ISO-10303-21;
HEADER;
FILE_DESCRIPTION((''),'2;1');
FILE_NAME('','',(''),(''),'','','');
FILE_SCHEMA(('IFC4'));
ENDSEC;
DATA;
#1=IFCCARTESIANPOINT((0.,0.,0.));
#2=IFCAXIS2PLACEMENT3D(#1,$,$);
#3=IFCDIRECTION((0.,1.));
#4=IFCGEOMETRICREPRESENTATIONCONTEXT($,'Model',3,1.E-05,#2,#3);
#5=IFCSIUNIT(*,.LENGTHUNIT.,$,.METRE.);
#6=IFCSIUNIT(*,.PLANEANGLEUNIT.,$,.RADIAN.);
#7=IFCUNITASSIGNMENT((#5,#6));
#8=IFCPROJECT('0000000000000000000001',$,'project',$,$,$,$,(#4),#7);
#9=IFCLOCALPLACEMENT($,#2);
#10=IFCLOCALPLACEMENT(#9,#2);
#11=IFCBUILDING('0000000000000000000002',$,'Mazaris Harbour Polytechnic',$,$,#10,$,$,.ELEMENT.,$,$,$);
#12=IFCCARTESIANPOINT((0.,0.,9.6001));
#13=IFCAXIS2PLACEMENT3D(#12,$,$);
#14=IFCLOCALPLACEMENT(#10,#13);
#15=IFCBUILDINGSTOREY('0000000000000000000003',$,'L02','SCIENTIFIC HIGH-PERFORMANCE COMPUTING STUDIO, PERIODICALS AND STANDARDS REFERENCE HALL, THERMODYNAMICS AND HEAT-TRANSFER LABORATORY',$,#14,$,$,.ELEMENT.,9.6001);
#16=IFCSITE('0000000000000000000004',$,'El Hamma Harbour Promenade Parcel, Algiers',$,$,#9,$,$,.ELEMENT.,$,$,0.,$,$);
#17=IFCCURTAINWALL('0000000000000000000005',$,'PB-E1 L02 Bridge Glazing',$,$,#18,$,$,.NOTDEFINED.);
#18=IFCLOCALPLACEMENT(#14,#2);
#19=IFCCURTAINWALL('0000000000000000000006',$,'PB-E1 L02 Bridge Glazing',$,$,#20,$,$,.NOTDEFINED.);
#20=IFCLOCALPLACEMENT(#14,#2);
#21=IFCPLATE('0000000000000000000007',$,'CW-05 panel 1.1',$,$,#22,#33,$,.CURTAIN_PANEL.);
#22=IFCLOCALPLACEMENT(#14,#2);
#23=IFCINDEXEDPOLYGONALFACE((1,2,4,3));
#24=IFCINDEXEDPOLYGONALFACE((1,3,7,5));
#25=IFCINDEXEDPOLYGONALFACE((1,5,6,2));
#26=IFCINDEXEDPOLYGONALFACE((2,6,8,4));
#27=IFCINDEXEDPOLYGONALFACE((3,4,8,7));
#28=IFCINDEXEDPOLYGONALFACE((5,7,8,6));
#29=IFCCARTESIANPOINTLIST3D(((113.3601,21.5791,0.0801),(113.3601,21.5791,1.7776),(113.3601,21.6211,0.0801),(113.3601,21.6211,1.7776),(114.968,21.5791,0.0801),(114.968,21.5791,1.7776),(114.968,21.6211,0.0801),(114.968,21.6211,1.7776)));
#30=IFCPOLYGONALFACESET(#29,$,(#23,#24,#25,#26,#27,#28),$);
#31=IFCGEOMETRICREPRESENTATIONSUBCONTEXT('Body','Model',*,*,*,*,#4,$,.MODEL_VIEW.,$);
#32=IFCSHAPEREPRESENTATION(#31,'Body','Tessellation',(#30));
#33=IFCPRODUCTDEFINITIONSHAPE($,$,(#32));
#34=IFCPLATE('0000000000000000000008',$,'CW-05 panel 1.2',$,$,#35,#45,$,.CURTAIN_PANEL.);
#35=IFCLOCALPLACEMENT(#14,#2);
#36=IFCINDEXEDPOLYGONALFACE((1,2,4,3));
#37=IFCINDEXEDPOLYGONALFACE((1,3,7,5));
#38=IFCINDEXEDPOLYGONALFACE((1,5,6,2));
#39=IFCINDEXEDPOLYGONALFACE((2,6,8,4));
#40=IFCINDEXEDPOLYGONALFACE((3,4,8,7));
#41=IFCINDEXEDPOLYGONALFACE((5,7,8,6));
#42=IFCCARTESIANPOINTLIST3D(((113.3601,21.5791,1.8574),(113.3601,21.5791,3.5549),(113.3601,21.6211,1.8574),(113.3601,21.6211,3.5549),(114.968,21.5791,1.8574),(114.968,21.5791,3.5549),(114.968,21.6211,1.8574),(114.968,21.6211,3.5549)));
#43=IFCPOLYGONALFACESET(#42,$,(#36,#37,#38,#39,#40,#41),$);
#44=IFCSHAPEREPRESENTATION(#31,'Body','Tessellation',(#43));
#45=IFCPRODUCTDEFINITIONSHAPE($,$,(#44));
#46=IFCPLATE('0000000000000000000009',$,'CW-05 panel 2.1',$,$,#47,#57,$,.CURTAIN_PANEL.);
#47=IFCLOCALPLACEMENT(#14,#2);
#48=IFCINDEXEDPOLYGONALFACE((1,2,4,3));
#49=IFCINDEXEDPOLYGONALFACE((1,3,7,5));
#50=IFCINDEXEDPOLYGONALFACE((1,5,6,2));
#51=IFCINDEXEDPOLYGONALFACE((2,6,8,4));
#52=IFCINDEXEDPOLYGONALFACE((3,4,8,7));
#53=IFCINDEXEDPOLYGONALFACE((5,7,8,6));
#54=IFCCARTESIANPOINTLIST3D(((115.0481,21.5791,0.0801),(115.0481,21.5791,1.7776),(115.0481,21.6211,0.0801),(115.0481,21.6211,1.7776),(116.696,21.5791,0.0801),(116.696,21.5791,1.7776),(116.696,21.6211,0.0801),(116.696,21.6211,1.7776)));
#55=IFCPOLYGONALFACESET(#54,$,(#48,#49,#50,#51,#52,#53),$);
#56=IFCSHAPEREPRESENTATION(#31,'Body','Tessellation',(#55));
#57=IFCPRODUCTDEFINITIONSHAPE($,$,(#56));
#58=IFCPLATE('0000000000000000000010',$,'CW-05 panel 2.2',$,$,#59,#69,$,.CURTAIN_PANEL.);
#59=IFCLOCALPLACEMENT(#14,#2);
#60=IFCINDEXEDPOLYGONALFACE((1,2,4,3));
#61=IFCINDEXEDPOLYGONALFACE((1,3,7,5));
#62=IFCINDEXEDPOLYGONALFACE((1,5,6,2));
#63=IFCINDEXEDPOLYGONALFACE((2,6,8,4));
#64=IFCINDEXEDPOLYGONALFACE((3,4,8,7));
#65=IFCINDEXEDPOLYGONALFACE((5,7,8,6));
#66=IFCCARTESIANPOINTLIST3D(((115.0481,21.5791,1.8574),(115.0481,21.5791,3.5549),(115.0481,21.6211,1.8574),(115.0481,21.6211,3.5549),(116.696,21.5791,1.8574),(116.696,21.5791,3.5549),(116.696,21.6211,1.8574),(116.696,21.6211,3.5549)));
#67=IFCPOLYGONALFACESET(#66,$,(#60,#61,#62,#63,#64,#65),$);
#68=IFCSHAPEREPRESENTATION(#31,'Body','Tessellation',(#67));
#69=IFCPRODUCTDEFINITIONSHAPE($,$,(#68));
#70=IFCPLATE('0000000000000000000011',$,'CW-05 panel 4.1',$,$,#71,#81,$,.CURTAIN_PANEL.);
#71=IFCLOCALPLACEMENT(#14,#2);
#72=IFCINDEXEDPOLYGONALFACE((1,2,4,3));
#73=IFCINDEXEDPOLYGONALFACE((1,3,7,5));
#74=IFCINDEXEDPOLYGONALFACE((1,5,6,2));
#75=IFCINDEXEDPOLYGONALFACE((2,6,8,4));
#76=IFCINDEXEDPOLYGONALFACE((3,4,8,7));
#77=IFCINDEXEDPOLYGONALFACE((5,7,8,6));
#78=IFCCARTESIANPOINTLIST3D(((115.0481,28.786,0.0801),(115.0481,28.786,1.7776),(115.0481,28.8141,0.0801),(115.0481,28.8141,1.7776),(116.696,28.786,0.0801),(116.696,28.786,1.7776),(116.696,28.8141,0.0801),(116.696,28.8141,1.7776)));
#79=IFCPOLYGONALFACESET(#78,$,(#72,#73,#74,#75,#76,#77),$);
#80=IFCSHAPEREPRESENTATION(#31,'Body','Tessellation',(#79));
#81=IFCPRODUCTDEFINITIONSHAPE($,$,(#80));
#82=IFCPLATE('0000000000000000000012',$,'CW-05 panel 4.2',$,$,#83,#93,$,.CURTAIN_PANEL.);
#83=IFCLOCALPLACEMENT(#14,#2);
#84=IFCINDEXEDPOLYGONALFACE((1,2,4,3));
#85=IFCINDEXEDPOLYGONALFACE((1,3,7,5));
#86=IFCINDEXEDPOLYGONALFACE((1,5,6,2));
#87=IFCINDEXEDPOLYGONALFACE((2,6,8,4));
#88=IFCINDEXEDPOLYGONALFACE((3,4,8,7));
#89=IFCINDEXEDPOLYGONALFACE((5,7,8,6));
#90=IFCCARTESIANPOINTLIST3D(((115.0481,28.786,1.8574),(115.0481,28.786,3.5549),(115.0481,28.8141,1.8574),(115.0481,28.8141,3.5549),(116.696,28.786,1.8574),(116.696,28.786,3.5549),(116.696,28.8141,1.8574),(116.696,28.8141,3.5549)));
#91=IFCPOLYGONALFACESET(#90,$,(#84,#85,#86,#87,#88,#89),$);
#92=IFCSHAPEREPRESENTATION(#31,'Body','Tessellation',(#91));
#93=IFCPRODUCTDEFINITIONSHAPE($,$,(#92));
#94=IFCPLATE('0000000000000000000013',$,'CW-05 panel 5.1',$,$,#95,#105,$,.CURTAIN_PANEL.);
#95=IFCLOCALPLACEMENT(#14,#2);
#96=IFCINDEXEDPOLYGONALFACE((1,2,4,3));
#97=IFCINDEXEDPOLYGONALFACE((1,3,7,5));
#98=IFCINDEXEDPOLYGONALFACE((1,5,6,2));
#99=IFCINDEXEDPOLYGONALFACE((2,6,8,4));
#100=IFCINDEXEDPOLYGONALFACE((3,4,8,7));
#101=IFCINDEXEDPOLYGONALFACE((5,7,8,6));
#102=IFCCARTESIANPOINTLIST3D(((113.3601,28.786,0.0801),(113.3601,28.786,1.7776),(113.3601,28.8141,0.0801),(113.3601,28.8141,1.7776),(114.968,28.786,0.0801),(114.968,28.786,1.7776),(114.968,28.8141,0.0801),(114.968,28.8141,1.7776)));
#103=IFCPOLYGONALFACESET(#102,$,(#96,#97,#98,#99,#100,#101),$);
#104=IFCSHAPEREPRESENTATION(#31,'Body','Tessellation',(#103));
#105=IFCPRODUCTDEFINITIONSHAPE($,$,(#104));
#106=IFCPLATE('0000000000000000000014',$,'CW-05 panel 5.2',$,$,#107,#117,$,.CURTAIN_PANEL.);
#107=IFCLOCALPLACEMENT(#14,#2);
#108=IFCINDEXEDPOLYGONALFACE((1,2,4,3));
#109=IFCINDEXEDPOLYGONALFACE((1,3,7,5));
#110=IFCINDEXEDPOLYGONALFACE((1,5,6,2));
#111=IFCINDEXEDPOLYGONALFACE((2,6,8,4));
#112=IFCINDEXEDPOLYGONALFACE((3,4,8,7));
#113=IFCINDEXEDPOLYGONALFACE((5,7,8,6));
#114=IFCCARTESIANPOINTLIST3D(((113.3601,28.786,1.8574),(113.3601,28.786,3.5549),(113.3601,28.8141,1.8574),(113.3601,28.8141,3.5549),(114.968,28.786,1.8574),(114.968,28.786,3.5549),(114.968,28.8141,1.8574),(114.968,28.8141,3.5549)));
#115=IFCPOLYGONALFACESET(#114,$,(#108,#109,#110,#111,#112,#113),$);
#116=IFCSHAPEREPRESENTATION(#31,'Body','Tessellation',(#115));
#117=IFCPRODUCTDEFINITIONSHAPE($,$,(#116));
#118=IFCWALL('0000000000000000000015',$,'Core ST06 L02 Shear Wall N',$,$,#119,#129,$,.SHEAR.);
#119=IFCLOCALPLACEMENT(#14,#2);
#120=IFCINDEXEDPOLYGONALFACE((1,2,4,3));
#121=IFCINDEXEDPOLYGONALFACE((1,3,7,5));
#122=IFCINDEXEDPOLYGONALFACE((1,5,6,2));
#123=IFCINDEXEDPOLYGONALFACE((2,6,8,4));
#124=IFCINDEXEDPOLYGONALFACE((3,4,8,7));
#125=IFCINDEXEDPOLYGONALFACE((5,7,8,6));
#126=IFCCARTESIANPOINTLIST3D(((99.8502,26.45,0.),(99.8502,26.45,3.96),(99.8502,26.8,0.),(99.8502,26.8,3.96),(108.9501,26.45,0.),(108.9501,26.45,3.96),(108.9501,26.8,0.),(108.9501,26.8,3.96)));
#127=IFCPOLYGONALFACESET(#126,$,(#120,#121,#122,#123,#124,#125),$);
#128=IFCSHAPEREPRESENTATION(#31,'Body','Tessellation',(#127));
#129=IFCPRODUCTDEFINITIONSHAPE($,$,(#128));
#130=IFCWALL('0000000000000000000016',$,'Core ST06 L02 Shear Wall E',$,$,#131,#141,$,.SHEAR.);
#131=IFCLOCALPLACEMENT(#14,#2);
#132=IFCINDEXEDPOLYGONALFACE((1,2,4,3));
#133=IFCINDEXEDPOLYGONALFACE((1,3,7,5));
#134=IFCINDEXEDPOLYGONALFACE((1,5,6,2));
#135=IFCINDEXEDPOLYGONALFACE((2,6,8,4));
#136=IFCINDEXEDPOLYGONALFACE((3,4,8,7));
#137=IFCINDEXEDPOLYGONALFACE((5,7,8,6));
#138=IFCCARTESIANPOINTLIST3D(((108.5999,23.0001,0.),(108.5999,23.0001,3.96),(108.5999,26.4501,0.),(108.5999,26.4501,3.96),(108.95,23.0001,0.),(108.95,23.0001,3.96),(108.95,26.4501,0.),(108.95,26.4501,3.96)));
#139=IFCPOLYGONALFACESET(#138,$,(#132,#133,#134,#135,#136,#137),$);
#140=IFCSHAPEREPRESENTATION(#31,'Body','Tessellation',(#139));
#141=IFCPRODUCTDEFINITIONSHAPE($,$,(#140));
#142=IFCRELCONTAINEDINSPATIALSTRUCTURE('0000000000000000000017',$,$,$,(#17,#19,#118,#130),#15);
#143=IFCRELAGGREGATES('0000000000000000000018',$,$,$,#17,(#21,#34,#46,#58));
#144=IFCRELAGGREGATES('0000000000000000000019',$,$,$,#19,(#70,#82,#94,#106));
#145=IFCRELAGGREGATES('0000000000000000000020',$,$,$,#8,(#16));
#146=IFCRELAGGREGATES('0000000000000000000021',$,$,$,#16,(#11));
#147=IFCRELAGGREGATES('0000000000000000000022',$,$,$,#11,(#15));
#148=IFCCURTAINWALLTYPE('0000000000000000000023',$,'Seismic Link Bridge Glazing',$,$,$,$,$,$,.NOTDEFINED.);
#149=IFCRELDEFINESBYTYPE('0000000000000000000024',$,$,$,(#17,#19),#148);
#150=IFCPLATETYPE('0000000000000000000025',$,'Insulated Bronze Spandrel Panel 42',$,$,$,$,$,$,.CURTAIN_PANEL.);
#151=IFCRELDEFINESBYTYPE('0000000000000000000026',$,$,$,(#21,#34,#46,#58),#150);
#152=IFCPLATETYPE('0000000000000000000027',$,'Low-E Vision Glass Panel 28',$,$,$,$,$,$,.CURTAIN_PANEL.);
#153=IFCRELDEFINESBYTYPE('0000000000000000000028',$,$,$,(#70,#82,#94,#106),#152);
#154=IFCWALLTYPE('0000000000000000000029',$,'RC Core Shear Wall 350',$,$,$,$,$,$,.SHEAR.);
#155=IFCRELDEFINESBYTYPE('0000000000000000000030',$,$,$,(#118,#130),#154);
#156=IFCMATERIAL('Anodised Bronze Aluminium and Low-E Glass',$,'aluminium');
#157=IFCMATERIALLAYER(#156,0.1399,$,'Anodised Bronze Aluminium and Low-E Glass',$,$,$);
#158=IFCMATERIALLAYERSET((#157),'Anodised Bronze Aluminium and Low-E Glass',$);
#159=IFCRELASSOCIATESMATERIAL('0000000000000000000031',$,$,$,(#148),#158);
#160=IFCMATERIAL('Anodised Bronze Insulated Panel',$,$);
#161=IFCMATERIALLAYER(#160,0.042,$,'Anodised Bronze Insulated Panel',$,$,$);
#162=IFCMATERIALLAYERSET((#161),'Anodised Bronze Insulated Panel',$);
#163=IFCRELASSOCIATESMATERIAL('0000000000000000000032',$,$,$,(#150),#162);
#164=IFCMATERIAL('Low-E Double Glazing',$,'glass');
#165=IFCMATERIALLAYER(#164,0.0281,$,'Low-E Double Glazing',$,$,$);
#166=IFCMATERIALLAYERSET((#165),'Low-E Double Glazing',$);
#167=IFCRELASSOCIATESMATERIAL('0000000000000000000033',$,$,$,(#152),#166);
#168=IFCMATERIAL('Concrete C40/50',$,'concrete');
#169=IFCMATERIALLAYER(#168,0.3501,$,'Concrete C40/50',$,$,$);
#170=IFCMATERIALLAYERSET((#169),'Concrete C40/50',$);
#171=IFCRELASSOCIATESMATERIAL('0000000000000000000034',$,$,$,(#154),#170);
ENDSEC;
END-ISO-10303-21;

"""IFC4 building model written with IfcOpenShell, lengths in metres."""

from ifc_helpers import new_model, si_unit, direction, frame, frame_2d, origin, origin_2d, place, context, subcontext, project, spatial, rectangle, extrude, material, layer, layer_set, type_object, element, aggregate, save


model = new_model("IFC4")

# Units and contexts
model_context = context("Model", 3, precision=1e-05, world=origin(), true_north=direction((0.0, 1.0)))
body_context = subcontext(model_context, "Body", "Model", "MODEL_VIEW")
ifc_project = project(units=[si_unit("LENGTHUNIT", "METRE"), si_unit("PLANEANGLEUNIT", "RADIAN")], contexts=[model_context])

# Site, building, storey
site_placement = place(None, origin())
site = spatial("IfcSite", under=ifc_project, at=site_placement, Name="El Hamma Harbour Promenade Parcel, Algiers", CompositionType="ELEMENT", RefElevation=0.0)
building_placement = place(site_placement, origin())
building = spatial("IfcBuilding", under=site, at=building_placement, Name="Mazaris Harbour Polytechnic", CompositionType="ELEMENT")
storey_placement = place(building_placement, frame((0.0, 0.0, 9.6001)))
storey = spatial("IfcBuildingStorey", under=building, at=storey_placement, Name="L02", Description="SCIENTIFIC HIGH-PERFORMANCE COMPUTING STUDIO, PERIODICALS AND STANDARDS REFERENCE HALL, THERMODYNAMICS AND HEAT-TRANSFER LABORATORY", CompositionType="ELEMENT", Elevation=9.6001)

# Curtain walls
ifc_material_1 = material(Name="Anodised Bronze Aluminium and Low-E Glass", Category="aluminium")
ifc_layer_1 = layer(ifc_material_1, 0.1399, Name="Anodised Bronze Aluminium and Low-E Glass")
ifc_layer_set_1 = layer_set([ifc_layer_1], Name="Anodised Bronze Aluminium and Low-E Glass")
curtain_wall_type = type_object("IfcCurtainWallType", Name="Seismic Link Bridge Glazing", PredefinedType="NOTDEFINED", material=ifc_layer_set_1)
curtain_wall_1_placement = place(storey_placement, origin())
curtain_wall_1 = element("IfcCurtainWall", 1, at=curtain_wall_1_placement, inside=storey, type_object=curtain_wall_type, Name="PB-E1 L02 Bridge Glazing", PredefinedType="NOTDEFINED")
curtain_wall_2_placement = place(storey_placement, origin())
curtain_wall_2 = element("IfcCurtainWall", 2, at=curtain_wall_2_placement, inside=storey, type_object=curtain_wall_type, Name="PB-E1 L02 Bridge Glazing", PredefinedType="NOTDEFINED")

# Plates
ifc_material_2 = material(Name="Anodised Bronze Insulated Panel")
ifc_layer_2 = layer(ifc_material_2, 0.042, Name="Anodised Bronze Insulated Panel")
ifc_layer_set_2 = layer_set([ifc_layer_2], Name="Anodised Bronze Insulated Panel")
plate_type_1 = type_object("IfcPlateType", Name="Insulated Bronze Spandrel Panel 42", PredefinedType="CURTAIN_PANEL", material=ifc_layer_set_2)
plate_1_placement = place(storey_placement, frame((114.1641, 21.6001, 0.0801), z_axis=(0.0, 0.0, 1.0), x_axis=(1.0, 0.0, 0.0)))
plate_1 = element("IfcPlate", 3, at=plate_1_placement, type_object=plate_type_1, Name="CW-05 panel 1.1", PredefinedType="CURTAIN_PANEL", context=body_context, shape_type="SweptSolid", body=[
    extrude(rectangle(XDim=1.6079, YDim=0.042, at=origin_2d()), origin(), (0.0, 0.0, 1.0), 1.6975),
])
plate_2_placement = place(storey_placement, frame((114.1641, 21.6001, 1.8574), z_axis=(0.0, 0.0, 1.0), x_axis=(1.0, 0.0, 0.0)))
plate_2 = element("IfcPlate", 4, at=plate_2_placement, type_object=plate_type_1, Name="CW-05 panel 1.2", PredefinedType="CURTAIN_PANEL", context=body_context, shape_type="SweptSolid", body=[
    extrude(rectangle(XDim=1.6079, YDim=0.042, at=origin_2d()), origin(), (0.0, 0.0, 1.0), 1.6975),
])
plate_3_placement = place(storey_placement, frame((115.8721, 21.6001, 0.0801), z_axis=(0.0, 0.0, 1.0), x_axis=(1.0, 0.0, 0.0)))
plate_3 = element("IfcPlate", 5, at=plate_3_placement, type_object=plate_type_1, Name="CW-05 panel 2.1", PredefinedType="CURTAIN_PANEL", context=body_context, shape_type="SweptSolid", body=[
    extrude(rectangle(XDim=1.6479, YDim=0.042, at=origin_2d()), origin(), (0.0, 0.0, 1.0), 1.6975),
])
plate_4_placement = place(storey_placement, frame((115.8721, 21.6001, 1.8574), z_axis=(0.0, 0.0, 1.0), x_axis=(1.0, 0.0, 0.0)))
plate_4 = element("IfcPlate", 6, at=plate_4_placement, type_object=plate_type_1, Name="CW-05 panel 2.2", PredefinedType="CURTAIN_PANEL", context=body_context, shape_type="SweptSolid", body=[
    extrude(rectangle(XDim=1.6479, YDim=0.042, at=origin_2d()), origin(), (0.0, 0.0, 1.0), 1.6975),
])
aggregate(curtain_wall_1, [plate_1, plate_2, plate_3, plate_4])
ifc_material_3 = material(Name="Low-E Double Glazing", Category="glass")
ifc_layer_3 = layer(ifc_material_3, 0.0281, Name="Low-E Double Glazing")
ifc_layer_set_3 = layer_set([ifc_layer_3], Name="Low-E Double Glazing")
plate_type_2 = type_object("IfcPlateType", Name="Low-E Vision Glass Panel 28", PredefinedType="CURTAIN_PANEL", material=ifc_layer_set_3)
plate_5_placement = place(storey_placement, frame((115.8721, 28.8, 0.0801), z_axis=(0.0, 0.0, 1.0), x_axis=(-1.0, 0.0, 0.0)))
plate_5 = element("IfcPlate", 7, at=plate_5_placement, type_object=plate_type_2, Name="CW-05 panel 4.1", PredefinedType="CURTAIN_PANEL", context=body_context, shape_type="SweptSolid", body=[
    extrude(rectangle(XDim=1.6479, YDim=0.0281, at=origin_2d()), origin(), (0.0, 0.0, 1.0), 1.6975),
])
plate_6_placement = place(storey_placement, frame((115.8721, 28.8, 1.8574), z_axis=(0.0, 0.0, 1.0), x_axis=(-1.0, 0.0, 0.0)))
plate_6 = element("IfcPlate", 8, at=plate_6_placement, type_object=plate_type_2, Name="CW-05 panel 4.2", PredefinedType="CURTAIN_PANEL", context=body_context, shape_type="SweptSolid", body=[
    extrude(rectangle(XDim=1.6479, YDim=0.0281, at=origin_2d()), origin(), (0.0, 0.0, 1.0), 1.6975),
])
plate_7_placement = place(storey_placement, frame((114.1641, 28.8, 0.0801), z_axis=(0.0, 0.0, 1.0), x_axis=(-1.0, 0.0, 0.0)))
plate_7 = element("IfcPlate", 9, at=plate_7_placement, type_object=plate_type_2, Name="CW-05 panel 5.1", PredefinedType="CURTAIN_PANEL", context=body_context, shape_type="SweptSolid", body=[
    extrude(rectangle(XDim=1.6079, YDim=0.0281, at=origin_2d()), origin(), (0.0, 0.0, 1.0), 1.6975),
])
plate_8_placement = place(storey_placement, frame((114.1641, 28.8, 1.8574), z_axis=(0.0, 0.0, 1.0), x_axis=(-1.0, 0.0, 0.0)))
plate_8 = element("IfcPlate", 10, at=plate_8_placement, type_object=plate_type_2, Name="CW-05 panel 5.2", PredefinedType="CURTAIN_PANEL", context=body_context, shape_type="SweptSolid", body=[
    extrude(rectangle(XDim=1.6079, YDim=0.0281, at=origin_2d()), origin(), (0.0, 0.0, 1.0), 1.6975),
])
aggregate(curtain_wall_2, [plate_5, plate_6, plate_7, plate_8])

# Walls
ifc_material_4 = material(Name="Concrete C40/50", Category="concrete")
ifc_layer_4 = layer(ifc_material_4, 0.3501, Name="Concrete C40/50")
ifc_layer_set_4 = layer_set([ifc_layer_4], Name="Concrete C40/50")
wall_type = type_object("IfcWallType", Name="RC Core Shear Wall 350", PredefinedType="SHEAR", material=ifc_layer_set_4)
wall_1_placement = place(storey_placement, frame((108.95, 26.625, 0.0), z_axis=(0.0, 0.0, 1.0), x_axis=(-1.0, 0.0, 0.0)))
element("IfcWall", 11, at=wall_1_placement, inside=storey, type_object=wall_type, Name="Core ST06 L02 Shear Wall N", PredefinedType="SHEAR", context=body_context, shape_type="SweptSolid", body=[
    extrude(rectangle(XDim=9.0999, YDim=0.3501, at=frame_2d((4.5498, 0.0))), origin(), (0.0, 0.0, 1.0), 3.96),
])
wall_2_placement = place(storey_placement, frame((108.7749, 23.0, 0.0), z_axis=(0.0, 0.0, 1.0), x_axis=(0.0, 1.0, 0.0)))
element("IfcWall", 12, at=wall_2_placement, inside=storey, type_object=wall_type, Name="Core ST06 L02 Shear Wall E", PredefinedType="SHEAR", context=body_context, shape_type="SweptSolid", body=[
    extrude(rectangle(XDim=3.45, YDim=0.3501, at=frame_2d((1.7251, 0.0))), origin(), (0.0, 0.0, 1.0), 3.96),
])

save(model, "model.ifc")
